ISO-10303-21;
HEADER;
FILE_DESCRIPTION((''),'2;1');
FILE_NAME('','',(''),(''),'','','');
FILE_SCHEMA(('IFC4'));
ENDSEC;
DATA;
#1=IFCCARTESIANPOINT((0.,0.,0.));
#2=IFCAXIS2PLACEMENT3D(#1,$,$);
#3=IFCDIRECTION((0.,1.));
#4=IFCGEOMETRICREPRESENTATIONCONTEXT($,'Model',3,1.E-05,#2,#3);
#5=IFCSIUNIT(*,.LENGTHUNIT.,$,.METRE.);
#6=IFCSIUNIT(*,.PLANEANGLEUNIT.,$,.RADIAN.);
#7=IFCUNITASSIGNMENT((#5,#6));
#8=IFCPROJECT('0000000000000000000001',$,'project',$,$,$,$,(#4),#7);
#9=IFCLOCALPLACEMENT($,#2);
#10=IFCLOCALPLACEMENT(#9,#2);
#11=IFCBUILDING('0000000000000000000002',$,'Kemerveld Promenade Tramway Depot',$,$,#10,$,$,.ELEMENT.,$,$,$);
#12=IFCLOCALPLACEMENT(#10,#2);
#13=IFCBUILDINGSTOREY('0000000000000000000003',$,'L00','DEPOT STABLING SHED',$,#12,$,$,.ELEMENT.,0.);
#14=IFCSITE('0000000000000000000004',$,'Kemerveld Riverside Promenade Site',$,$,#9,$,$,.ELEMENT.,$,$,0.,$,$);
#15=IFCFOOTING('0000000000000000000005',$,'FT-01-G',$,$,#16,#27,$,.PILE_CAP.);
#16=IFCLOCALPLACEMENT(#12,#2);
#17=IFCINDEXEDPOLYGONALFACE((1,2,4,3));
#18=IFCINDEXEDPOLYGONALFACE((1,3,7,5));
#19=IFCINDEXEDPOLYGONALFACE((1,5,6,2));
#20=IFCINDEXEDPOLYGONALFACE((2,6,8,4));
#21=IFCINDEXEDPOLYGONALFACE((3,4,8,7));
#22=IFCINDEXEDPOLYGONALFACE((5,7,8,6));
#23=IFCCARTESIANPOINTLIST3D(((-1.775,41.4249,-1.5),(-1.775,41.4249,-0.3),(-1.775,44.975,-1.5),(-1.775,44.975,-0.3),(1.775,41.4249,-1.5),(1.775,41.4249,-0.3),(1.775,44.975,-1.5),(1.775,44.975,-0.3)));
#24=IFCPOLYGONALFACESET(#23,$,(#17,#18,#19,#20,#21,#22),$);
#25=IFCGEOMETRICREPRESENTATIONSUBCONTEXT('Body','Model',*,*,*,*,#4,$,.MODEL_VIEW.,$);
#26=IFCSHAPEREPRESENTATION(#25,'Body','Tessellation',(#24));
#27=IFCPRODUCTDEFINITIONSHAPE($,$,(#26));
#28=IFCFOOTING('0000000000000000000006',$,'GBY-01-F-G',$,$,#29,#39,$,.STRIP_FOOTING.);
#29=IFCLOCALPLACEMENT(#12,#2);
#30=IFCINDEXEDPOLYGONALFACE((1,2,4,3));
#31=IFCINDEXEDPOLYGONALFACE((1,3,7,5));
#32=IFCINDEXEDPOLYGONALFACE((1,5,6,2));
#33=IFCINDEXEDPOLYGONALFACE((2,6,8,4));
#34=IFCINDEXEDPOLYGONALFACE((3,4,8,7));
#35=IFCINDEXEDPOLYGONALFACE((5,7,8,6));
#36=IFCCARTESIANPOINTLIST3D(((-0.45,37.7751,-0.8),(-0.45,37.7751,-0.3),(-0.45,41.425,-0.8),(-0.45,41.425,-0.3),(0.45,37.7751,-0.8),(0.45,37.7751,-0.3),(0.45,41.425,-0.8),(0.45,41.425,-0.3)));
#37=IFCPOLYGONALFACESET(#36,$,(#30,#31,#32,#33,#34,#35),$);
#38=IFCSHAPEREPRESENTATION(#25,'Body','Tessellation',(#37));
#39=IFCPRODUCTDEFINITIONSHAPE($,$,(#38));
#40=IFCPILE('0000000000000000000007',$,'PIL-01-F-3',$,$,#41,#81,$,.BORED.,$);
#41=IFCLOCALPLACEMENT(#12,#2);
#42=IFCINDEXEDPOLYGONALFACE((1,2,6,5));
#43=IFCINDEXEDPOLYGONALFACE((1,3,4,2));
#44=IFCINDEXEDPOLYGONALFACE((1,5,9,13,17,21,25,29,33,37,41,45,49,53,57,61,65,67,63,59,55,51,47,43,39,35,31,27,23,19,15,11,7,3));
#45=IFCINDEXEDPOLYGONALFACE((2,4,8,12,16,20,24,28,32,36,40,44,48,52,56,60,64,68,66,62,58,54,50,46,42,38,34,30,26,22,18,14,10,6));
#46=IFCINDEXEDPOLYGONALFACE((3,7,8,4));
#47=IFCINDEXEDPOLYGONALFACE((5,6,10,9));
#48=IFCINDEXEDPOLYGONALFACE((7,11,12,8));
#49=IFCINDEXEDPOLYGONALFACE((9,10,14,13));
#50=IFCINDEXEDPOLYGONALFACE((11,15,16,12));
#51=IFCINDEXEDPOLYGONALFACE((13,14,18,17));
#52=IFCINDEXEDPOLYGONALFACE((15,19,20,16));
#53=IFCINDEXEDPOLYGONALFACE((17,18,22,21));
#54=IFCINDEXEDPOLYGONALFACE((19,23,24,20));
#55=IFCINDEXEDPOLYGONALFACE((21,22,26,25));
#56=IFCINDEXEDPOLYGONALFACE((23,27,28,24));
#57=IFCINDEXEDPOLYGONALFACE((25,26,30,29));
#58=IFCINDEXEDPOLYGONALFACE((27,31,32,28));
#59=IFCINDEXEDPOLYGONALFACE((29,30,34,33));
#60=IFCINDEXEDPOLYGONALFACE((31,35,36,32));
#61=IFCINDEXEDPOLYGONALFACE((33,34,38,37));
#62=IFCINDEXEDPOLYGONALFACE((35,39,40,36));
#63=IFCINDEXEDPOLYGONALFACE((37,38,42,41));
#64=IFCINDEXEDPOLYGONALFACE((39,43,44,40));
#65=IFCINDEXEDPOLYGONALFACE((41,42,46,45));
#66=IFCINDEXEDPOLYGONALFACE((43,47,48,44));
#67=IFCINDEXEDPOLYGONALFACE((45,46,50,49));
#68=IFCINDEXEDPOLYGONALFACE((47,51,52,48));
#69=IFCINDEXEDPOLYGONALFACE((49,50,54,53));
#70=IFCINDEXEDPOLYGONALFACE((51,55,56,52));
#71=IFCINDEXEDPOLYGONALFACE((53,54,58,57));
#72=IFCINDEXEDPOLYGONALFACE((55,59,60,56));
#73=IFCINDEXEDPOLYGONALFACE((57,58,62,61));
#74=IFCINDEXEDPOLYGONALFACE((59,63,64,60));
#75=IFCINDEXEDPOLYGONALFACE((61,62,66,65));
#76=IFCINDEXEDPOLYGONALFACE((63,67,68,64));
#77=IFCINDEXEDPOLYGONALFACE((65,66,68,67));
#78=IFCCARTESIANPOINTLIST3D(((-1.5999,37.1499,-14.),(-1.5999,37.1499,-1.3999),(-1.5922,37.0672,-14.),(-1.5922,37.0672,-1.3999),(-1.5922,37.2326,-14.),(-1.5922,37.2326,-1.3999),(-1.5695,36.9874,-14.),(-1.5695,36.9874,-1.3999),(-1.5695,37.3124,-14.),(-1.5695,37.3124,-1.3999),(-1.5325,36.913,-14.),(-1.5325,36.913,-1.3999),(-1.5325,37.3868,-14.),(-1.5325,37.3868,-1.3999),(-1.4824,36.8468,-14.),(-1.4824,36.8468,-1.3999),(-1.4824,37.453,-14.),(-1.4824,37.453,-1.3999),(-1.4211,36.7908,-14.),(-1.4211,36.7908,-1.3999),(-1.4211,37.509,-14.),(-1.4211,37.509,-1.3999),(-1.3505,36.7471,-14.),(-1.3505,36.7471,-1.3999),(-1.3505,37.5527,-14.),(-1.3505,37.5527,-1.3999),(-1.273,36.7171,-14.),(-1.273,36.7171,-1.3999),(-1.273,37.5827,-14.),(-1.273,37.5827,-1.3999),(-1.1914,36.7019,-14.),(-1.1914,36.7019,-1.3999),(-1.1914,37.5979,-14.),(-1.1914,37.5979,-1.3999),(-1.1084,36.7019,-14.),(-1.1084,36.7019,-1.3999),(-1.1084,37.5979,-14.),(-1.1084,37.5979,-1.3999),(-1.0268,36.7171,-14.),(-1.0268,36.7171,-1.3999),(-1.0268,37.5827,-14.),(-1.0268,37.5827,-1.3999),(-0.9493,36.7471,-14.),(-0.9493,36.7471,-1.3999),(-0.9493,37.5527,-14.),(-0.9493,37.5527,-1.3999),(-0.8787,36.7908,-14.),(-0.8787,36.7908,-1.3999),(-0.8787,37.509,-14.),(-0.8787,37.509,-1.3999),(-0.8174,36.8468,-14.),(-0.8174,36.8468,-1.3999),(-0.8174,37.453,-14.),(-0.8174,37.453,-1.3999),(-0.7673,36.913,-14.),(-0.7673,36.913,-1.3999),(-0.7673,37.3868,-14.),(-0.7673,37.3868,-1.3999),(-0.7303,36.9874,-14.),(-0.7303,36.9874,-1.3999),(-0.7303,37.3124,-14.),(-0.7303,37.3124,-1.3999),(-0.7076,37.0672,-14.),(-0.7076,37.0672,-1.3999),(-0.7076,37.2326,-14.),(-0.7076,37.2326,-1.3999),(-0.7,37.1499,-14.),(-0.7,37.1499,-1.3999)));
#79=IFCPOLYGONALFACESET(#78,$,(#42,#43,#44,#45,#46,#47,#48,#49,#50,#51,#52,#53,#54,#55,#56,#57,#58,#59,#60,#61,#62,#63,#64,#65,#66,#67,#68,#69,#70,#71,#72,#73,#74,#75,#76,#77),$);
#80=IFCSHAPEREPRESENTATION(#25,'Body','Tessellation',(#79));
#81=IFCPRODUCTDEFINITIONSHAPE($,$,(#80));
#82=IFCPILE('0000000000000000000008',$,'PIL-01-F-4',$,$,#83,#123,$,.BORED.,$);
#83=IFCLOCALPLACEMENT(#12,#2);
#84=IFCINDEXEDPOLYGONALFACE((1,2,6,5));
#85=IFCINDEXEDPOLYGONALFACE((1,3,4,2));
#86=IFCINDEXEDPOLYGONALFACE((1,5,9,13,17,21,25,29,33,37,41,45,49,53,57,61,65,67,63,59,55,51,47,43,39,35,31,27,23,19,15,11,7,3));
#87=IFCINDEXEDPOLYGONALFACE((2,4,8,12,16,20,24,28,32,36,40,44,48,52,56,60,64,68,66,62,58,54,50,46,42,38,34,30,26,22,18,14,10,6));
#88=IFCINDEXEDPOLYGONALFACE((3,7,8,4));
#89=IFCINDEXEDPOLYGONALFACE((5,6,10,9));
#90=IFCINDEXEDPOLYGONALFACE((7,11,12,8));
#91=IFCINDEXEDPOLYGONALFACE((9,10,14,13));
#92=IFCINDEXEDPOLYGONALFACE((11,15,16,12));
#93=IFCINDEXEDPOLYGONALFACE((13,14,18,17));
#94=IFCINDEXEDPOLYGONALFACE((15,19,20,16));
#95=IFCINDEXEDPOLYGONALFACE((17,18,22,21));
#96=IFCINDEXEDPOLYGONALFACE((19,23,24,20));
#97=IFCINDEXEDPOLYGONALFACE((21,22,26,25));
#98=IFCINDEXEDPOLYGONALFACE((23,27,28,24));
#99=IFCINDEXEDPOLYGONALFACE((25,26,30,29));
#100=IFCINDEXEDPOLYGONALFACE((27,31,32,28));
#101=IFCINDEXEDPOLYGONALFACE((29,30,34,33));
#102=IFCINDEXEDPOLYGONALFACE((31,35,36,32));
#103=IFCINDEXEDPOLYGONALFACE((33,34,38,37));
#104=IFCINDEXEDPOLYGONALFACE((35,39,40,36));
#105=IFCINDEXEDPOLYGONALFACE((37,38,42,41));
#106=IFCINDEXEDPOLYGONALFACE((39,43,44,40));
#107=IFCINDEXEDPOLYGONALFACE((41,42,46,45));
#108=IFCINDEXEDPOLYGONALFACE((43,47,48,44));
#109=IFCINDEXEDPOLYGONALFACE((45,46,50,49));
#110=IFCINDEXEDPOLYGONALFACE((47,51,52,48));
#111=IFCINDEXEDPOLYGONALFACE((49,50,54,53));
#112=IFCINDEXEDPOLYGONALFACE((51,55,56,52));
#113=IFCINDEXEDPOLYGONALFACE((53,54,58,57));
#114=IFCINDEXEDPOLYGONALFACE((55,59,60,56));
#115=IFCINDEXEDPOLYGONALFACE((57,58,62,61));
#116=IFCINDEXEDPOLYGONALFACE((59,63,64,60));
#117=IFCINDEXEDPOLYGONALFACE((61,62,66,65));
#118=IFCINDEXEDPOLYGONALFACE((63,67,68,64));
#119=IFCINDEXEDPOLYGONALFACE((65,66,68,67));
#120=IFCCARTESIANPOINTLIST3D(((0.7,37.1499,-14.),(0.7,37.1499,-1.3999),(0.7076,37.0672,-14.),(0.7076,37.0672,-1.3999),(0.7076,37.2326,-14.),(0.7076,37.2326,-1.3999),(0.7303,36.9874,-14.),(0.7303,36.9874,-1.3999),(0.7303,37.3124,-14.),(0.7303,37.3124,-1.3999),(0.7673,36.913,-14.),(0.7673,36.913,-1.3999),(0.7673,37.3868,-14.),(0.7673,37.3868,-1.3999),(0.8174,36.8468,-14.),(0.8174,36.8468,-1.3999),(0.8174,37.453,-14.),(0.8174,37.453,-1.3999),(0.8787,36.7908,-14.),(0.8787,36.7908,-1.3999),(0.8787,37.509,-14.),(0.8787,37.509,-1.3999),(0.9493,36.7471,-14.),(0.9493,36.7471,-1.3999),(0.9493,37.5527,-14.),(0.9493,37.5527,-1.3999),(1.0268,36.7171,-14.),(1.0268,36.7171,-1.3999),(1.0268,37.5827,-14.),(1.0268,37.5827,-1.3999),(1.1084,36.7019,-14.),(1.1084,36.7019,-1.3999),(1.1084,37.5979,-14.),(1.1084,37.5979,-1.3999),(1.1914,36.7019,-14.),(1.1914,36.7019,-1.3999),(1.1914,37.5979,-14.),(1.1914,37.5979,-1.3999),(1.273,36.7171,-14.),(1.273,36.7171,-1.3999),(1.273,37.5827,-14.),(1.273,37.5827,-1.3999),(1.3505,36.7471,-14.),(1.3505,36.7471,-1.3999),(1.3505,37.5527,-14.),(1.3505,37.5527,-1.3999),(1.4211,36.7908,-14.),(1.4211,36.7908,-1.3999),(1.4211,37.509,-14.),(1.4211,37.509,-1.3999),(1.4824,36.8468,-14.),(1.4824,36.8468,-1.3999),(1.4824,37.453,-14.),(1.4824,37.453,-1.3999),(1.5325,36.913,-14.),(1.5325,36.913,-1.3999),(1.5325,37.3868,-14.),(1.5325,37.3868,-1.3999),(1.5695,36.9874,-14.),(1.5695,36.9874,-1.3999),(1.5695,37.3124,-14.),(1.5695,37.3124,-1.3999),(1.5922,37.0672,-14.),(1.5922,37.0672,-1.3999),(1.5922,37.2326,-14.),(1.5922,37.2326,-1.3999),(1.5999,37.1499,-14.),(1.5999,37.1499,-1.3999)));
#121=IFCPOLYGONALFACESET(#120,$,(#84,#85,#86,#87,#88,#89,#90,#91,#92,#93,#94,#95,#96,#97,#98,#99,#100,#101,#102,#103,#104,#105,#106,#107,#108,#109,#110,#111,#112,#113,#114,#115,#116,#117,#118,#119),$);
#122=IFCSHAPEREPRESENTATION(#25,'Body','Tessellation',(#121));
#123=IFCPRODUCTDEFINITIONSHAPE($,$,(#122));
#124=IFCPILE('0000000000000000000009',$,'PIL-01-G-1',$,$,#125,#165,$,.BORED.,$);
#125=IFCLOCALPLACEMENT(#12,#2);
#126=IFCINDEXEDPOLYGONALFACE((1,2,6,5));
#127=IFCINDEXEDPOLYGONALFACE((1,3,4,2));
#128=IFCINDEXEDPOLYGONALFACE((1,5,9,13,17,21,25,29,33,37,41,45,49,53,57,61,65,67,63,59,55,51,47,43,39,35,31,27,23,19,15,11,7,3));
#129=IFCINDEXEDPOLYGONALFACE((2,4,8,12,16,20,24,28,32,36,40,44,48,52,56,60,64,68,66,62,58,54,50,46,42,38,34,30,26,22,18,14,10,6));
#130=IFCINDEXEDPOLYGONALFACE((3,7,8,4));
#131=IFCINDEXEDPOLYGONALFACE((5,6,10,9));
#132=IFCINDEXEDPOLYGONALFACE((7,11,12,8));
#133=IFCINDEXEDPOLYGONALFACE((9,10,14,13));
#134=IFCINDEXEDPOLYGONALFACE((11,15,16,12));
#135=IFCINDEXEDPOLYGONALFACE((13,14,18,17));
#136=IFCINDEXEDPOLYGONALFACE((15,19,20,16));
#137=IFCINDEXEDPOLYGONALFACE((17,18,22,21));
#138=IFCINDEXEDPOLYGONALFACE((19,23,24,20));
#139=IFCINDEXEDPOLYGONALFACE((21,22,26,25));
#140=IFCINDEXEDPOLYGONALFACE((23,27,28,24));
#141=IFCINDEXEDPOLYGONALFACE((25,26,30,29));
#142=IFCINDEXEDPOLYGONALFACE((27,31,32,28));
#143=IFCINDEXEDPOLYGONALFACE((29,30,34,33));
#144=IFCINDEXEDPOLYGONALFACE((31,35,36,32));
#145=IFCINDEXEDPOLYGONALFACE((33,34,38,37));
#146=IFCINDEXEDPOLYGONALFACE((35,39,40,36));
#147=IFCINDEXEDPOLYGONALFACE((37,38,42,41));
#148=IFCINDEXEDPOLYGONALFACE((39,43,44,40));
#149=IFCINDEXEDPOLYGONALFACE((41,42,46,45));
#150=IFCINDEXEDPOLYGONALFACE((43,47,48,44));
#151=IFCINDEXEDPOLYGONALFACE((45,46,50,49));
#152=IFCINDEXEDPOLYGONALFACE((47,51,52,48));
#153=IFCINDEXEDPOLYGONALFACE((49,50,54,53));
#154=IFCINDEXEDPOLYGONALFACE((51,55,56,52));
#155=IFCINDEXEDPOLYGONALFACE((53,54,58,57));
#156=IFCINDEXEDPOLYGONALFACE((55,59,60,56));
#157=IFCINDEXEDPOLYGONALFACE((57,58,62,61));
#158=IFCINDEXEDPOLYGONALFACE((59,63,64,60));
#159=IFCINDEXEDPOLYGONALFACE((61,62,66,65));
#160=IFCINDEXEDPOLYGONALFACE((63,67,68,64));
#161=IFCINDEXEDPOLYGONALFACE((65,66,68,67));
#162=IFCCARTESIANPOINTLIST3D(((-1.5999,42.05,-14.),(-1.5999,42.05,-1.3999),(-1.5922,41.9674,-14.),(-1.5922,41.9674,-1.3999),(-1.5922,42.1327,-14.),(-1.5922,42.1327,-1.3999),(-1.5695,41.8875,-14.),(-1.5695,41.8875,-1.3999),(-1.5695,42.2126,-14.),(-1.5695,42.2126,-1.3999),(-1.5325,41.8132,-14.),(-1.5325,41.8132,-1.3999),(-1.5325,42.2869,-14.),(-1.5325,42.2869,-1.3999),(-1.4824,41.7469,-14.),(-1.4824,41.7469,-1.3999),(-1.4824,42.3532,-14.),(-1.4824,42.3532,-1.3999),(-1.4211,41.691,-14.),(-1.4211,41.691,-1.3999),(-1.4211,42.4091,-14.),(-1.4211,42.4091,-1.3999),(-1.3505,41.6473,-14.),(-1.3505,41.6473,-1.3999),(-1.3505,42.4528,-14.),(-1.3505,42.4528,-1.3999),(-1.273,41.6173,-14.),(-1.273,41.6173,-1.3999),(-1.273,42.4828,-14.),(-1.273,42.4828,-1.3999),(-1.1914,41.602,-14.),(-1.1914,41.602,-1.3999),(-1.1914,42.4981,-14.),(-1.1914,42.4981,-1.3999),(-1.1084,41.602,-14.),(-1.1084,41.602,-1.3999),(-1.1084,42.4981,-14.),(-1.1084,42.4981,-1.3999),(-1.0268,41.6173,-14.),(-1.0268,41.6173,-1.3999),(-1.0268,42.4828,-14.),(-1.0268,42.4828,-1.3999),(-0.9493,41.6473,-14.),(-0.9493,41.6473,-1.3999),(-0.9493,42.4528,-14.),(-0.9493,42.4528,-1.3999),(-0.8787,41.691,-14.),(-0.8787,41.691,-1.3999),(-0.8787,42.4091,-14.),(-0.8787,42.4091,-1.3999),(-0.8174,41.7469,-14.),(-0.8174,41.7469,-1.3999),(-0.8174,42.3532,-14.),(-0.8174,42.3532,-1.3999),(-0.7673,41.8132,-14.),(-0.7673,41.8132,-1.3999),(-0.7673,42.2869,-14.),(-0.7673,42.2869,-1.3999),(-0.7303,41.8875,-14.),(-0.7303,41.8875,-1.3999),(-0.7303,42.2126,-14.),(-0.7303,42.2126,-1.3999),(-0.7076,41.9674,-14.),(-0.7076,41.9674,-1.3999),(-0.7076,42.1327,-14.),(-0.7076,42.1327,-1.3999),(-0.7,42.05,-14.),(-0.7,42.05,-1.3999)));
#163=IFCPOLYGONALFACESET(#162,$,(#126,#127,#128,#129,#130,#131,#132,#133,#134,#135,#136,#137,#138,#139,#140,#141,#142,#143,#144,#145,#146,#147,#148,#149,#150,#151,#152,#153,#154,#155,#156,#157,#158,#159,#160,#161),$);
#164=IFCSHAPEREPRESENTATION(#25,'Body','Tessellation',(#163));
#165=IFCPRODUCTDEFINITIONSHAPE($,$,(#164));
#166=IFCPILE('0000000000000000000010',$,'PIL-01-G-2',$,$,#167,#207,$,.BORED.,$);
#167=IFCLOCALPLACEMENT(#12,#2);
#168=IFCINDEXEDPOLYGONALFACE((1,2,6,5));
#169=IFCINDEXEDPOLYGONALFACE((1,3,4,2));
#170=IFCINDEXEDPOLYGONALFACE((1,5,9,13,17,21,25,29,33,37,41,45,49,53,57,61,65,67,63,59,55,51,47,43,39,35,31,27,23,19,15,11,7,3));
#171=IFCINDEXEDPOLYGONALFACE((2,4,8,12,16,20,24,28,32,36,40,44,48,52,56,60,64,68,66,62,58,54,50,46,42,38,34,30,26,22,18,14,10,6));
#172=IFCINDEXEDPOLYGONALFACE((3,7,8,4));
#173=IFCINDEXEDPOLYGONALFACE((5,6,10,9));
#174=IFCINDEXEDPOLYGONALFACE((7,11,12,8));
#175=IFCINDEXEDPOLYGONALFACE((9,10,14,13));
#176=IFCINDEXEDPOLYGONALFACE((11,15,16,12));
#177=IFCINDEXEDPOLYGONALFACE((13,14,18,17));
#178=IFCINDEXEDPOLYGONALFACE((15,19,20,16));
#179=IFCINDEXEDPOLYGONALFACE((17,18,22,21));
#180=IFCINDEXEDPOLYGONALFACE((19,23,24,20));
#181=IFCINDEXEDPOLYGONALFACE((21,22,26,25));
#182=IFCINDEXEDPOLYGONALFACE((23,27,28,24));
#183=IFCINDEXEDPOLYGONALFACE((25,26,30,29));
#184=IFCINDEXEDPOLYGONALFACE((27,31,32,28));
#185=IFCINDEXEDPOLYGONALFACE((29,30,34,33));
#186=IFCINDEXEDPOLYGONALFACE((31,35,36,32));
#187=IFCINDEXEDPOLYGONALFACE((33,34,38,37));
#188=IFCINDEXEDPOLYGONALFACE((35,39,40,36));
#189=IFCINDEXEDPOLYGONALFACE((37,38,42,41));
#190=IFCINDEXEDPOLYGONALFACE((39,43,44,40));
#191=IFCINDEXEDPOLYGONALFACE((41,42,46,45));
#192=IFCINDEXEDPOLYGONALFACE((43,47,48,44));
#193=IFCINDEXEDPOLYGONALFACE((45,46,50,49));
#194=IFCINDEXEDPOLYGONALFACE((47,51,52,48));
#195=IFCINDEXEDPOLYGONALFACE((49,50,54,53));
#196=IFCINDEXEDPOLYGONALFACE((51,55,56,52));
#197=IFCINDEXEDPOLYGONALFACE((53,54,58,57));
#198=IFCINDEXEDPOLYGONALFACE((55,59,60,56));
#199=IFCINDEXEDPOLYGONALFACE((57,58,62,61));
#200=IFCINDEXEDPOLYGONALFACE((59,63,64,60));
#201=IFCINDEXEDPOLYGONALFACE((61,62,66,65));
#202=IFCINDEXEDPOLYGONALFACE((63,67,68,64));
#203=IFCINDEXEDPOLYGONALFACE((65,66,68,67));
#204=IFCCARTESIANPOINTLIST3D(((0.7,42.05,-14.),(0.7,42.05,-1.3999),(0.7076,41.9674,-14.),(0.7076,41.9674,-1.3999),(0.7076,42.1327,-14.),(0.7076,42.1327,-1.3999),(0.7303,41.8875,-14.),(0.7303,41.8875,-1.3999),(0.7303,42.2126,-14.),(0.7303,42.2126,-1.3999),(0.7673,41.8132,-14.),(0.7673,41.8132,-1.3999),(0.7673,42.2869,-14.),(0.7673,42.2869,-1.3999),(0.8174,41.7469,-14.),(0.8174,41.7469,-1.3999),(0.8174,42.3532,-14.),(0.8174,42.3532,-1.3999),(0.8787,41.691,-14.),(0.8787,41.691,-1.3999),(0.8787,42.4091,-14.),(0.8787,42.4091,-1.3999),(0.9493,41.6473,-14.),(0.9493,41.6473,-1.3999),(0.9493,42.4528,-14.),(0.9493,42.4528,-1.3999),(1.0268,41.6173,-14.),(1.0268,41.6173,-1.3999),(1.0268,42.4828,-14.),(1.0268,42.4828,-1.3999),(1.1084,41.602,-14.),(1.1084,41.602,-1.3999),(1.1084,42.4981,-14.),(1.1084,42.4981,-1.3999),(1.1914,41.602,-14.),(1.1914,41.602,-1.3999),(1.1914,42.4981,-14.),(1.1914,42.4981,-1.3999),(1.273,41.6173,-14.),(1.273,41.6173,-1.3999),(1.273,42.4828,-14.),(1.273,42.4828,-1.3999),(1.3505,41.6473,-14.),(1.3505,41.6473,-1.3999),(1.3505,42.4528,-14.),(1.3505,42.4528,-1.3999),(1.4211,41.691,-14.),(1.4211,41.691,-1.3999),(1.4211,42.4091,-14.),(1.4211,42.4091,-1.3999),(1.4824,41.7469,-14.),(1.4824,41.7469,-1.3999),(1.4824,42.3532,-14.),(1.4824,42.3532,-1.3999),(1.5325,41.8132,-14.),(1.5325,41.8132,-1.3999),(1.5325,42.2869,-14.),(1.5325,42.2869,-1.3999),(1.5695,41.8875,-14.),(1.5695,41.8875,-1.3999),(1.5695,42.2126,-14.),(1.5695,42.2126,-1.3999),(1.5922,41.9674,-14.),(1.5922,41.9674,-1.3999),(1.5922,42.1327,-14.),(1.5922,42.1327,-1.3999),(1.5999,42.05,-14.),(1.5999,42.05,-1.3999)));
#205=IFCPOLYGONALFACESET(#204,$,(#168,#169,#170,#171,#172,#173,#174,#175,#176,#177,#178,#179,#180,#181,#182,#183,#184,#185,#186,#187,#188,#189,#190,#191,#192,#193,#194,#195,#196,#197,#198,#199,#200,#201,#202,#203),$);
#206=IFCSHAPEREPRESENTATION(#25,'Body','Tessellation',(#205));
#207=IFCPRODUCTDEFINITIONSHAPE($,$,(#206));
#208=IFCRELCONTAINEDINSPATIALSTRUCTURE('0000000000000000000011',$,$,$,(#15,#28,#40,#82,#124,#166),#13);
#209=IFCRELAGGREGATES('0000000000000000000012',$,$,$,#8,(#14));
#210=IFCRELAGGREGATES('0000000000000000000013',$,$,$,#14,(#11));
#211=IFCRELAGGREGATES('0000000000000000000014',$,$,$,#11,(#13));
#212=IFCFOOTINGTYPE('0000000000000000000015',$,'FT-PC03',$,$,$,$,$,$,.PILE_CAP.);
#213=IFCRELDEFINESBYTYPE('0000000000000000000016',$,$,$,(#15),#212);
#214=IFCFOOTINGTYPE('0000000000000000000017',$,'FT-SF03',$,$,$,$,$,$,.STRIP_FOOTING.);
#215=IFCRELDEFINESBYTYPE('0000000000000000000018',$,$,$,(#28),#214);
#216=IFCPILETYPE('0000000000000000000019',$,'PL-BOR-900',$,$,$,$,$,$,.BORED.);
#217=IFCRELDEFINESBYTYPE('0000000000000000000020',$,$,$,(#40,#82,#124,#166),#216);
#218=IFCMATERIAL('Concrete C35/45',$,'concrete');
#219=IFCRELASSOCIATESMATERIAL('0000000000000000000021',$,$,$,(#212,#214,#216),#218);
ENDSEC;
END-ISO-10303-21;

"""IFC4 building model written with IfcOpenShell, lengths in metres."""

from ifc_helpers import new_model, si_unit, direction, frame, origin, origin_2d, place, context, subcontext, project, spatial, rectangle, circle, extrude, material, material_profile, profile_set, type_object, element, save


model = new_model("IFC4")

# Units and contexts
model_context = context("Model", 3, precision=1e-05, world=origin(), true_north=direction((0.0, 1.0)))
body_context = subcontext(model_context, "Body", "Model", "MODEL_VIEW")
ifc_project = project(units=[si_unit("LENGTHUNIT", "METRE"), si_unit("PLANEANGLEUNIT", "RADIAN")], contexts=[model_context])

# Site, building, storey
site_placement = place(None, origin())
site = spatial("IfcSite", under=ifc_project, at=site_placement, Name="Kemerveld Riverside Promenade Site", CompositionType="ELEMENT", RefElevation=0.0)
building_placement = place(site_placement, origin())
building = spatial("IfcBuilding", under=site, at=building_placement, Name="Kemerveld Promenade Tramway Depot", CompositionType="ELEMENT")
storey_placement = place(building_placement, origin())
storey = spatial("IfcBuildingStorey", under=building, at=storey_placement, Name="L00", Description="DEPOT STABLING SHED", CompositionType="ELEMENT", Elevation=0.0)

# Footings
ifc_material_1 = material(Name="Concrete C35/45", Category="concrete")
footing_type_1 = type_object("IfcFootingType", Name="FT-PC03", PredefinedType="PILE_CAP", material=ifc_material_1)
footing_1_placement = place(storey_placement, frame((0.0, 43.2, -1.5), z_axis=(0.0, 0.0, 1.0), x_axis=(1.0, 0.0, 0.0)))
element("IfcFooting", 1, at=footing_1_placement, inside=storey, type_object=footing_type_1, Name="FT-01-G", PredefinedType="PILE_CAP", context=body_context, shape_type="SweptSolid", body=[
    extrude(rectangle(XDim=3.55, YDim=3.55, at=origin_2d()), origin(), (0.0, 0.0, 1.0), 1.2),
])
footing_type_2 = type_object("IfcFootingType", Name="FT-SF03", PredefinedType="STRIP_FOOTING", material=ifc_material_1)
footing_2_placement = place(storey_placement, frame((0.0, 39.6001, -0.8), z_axis=(0.0, 0.0, 1.0), x_axis=(0.0, 1.0, 0.0)))
element("IfcFooting", 2, at=footing_2_placement, inside=storey, type_object=footing_type_2, Name="GBY-01-F-G", PredefinedType="STRIP_FOOTING", context=body_context, shape_type="SweptSolid", body=[
    extrude(rectangle(XDim=3.6499, YDim=0.8999, at=origin_2d()), origin(), (0.0, 0.0, 1.0), 0.5),
])

# Piles
ifc_material_profile_1 = material_profile(ifc_material_1, circle(Radius=0.45, at=origin_2d()), Name="PILE-D900")
ifc_profile_set_1 = profile_set([ifc_material_profile_1], Name="Concrete C35/45")
pile_type = type_object("IfcPileType", Name="PL-BOR-900", PredefinedType="BORED", material=ifc_profile_set_1)
for number, where, z_axis, x_axis, name in (
    (3, (-1.1499, 37.1499, -1.3999), (0.0, 0.0, -1.0), (1.0, 0.0, 0.0), "PIL-01-F-3"),
    (4, (1.1499, 37.1499, -1.3999), (0.0, 0.0, -1.0), (1.0, 0.0, 0.0), "PIL-01-F-4"),
    (5, (-1.1499, 42.05, -1.3999), (0.0, 0.0, -1.0), (1.0, 0.0, 0.0), "PIL-01-G-1"),
    (6, (1.1499, 42.05, -1.3999), (0.0, 0.0, -1.0), (1.0, 0.0, 0.0), "PIL-01-G-2"),
):
    element("IfcPile", number, at=place(storey_placement, frame(where, z_axis=z_axis, x_axis=x_axis)), inside=storey, type_object=pile_type, Name=name, PredefinedType="BORED", context=body_context, shape_type="SweptSolid", body=[
        extrude(circle(Radius=0.45, at=origin_2d()), origin(), (0.0, 0.0, 1.0), 12.6001),
    ])

save(model, "model.ifc")
